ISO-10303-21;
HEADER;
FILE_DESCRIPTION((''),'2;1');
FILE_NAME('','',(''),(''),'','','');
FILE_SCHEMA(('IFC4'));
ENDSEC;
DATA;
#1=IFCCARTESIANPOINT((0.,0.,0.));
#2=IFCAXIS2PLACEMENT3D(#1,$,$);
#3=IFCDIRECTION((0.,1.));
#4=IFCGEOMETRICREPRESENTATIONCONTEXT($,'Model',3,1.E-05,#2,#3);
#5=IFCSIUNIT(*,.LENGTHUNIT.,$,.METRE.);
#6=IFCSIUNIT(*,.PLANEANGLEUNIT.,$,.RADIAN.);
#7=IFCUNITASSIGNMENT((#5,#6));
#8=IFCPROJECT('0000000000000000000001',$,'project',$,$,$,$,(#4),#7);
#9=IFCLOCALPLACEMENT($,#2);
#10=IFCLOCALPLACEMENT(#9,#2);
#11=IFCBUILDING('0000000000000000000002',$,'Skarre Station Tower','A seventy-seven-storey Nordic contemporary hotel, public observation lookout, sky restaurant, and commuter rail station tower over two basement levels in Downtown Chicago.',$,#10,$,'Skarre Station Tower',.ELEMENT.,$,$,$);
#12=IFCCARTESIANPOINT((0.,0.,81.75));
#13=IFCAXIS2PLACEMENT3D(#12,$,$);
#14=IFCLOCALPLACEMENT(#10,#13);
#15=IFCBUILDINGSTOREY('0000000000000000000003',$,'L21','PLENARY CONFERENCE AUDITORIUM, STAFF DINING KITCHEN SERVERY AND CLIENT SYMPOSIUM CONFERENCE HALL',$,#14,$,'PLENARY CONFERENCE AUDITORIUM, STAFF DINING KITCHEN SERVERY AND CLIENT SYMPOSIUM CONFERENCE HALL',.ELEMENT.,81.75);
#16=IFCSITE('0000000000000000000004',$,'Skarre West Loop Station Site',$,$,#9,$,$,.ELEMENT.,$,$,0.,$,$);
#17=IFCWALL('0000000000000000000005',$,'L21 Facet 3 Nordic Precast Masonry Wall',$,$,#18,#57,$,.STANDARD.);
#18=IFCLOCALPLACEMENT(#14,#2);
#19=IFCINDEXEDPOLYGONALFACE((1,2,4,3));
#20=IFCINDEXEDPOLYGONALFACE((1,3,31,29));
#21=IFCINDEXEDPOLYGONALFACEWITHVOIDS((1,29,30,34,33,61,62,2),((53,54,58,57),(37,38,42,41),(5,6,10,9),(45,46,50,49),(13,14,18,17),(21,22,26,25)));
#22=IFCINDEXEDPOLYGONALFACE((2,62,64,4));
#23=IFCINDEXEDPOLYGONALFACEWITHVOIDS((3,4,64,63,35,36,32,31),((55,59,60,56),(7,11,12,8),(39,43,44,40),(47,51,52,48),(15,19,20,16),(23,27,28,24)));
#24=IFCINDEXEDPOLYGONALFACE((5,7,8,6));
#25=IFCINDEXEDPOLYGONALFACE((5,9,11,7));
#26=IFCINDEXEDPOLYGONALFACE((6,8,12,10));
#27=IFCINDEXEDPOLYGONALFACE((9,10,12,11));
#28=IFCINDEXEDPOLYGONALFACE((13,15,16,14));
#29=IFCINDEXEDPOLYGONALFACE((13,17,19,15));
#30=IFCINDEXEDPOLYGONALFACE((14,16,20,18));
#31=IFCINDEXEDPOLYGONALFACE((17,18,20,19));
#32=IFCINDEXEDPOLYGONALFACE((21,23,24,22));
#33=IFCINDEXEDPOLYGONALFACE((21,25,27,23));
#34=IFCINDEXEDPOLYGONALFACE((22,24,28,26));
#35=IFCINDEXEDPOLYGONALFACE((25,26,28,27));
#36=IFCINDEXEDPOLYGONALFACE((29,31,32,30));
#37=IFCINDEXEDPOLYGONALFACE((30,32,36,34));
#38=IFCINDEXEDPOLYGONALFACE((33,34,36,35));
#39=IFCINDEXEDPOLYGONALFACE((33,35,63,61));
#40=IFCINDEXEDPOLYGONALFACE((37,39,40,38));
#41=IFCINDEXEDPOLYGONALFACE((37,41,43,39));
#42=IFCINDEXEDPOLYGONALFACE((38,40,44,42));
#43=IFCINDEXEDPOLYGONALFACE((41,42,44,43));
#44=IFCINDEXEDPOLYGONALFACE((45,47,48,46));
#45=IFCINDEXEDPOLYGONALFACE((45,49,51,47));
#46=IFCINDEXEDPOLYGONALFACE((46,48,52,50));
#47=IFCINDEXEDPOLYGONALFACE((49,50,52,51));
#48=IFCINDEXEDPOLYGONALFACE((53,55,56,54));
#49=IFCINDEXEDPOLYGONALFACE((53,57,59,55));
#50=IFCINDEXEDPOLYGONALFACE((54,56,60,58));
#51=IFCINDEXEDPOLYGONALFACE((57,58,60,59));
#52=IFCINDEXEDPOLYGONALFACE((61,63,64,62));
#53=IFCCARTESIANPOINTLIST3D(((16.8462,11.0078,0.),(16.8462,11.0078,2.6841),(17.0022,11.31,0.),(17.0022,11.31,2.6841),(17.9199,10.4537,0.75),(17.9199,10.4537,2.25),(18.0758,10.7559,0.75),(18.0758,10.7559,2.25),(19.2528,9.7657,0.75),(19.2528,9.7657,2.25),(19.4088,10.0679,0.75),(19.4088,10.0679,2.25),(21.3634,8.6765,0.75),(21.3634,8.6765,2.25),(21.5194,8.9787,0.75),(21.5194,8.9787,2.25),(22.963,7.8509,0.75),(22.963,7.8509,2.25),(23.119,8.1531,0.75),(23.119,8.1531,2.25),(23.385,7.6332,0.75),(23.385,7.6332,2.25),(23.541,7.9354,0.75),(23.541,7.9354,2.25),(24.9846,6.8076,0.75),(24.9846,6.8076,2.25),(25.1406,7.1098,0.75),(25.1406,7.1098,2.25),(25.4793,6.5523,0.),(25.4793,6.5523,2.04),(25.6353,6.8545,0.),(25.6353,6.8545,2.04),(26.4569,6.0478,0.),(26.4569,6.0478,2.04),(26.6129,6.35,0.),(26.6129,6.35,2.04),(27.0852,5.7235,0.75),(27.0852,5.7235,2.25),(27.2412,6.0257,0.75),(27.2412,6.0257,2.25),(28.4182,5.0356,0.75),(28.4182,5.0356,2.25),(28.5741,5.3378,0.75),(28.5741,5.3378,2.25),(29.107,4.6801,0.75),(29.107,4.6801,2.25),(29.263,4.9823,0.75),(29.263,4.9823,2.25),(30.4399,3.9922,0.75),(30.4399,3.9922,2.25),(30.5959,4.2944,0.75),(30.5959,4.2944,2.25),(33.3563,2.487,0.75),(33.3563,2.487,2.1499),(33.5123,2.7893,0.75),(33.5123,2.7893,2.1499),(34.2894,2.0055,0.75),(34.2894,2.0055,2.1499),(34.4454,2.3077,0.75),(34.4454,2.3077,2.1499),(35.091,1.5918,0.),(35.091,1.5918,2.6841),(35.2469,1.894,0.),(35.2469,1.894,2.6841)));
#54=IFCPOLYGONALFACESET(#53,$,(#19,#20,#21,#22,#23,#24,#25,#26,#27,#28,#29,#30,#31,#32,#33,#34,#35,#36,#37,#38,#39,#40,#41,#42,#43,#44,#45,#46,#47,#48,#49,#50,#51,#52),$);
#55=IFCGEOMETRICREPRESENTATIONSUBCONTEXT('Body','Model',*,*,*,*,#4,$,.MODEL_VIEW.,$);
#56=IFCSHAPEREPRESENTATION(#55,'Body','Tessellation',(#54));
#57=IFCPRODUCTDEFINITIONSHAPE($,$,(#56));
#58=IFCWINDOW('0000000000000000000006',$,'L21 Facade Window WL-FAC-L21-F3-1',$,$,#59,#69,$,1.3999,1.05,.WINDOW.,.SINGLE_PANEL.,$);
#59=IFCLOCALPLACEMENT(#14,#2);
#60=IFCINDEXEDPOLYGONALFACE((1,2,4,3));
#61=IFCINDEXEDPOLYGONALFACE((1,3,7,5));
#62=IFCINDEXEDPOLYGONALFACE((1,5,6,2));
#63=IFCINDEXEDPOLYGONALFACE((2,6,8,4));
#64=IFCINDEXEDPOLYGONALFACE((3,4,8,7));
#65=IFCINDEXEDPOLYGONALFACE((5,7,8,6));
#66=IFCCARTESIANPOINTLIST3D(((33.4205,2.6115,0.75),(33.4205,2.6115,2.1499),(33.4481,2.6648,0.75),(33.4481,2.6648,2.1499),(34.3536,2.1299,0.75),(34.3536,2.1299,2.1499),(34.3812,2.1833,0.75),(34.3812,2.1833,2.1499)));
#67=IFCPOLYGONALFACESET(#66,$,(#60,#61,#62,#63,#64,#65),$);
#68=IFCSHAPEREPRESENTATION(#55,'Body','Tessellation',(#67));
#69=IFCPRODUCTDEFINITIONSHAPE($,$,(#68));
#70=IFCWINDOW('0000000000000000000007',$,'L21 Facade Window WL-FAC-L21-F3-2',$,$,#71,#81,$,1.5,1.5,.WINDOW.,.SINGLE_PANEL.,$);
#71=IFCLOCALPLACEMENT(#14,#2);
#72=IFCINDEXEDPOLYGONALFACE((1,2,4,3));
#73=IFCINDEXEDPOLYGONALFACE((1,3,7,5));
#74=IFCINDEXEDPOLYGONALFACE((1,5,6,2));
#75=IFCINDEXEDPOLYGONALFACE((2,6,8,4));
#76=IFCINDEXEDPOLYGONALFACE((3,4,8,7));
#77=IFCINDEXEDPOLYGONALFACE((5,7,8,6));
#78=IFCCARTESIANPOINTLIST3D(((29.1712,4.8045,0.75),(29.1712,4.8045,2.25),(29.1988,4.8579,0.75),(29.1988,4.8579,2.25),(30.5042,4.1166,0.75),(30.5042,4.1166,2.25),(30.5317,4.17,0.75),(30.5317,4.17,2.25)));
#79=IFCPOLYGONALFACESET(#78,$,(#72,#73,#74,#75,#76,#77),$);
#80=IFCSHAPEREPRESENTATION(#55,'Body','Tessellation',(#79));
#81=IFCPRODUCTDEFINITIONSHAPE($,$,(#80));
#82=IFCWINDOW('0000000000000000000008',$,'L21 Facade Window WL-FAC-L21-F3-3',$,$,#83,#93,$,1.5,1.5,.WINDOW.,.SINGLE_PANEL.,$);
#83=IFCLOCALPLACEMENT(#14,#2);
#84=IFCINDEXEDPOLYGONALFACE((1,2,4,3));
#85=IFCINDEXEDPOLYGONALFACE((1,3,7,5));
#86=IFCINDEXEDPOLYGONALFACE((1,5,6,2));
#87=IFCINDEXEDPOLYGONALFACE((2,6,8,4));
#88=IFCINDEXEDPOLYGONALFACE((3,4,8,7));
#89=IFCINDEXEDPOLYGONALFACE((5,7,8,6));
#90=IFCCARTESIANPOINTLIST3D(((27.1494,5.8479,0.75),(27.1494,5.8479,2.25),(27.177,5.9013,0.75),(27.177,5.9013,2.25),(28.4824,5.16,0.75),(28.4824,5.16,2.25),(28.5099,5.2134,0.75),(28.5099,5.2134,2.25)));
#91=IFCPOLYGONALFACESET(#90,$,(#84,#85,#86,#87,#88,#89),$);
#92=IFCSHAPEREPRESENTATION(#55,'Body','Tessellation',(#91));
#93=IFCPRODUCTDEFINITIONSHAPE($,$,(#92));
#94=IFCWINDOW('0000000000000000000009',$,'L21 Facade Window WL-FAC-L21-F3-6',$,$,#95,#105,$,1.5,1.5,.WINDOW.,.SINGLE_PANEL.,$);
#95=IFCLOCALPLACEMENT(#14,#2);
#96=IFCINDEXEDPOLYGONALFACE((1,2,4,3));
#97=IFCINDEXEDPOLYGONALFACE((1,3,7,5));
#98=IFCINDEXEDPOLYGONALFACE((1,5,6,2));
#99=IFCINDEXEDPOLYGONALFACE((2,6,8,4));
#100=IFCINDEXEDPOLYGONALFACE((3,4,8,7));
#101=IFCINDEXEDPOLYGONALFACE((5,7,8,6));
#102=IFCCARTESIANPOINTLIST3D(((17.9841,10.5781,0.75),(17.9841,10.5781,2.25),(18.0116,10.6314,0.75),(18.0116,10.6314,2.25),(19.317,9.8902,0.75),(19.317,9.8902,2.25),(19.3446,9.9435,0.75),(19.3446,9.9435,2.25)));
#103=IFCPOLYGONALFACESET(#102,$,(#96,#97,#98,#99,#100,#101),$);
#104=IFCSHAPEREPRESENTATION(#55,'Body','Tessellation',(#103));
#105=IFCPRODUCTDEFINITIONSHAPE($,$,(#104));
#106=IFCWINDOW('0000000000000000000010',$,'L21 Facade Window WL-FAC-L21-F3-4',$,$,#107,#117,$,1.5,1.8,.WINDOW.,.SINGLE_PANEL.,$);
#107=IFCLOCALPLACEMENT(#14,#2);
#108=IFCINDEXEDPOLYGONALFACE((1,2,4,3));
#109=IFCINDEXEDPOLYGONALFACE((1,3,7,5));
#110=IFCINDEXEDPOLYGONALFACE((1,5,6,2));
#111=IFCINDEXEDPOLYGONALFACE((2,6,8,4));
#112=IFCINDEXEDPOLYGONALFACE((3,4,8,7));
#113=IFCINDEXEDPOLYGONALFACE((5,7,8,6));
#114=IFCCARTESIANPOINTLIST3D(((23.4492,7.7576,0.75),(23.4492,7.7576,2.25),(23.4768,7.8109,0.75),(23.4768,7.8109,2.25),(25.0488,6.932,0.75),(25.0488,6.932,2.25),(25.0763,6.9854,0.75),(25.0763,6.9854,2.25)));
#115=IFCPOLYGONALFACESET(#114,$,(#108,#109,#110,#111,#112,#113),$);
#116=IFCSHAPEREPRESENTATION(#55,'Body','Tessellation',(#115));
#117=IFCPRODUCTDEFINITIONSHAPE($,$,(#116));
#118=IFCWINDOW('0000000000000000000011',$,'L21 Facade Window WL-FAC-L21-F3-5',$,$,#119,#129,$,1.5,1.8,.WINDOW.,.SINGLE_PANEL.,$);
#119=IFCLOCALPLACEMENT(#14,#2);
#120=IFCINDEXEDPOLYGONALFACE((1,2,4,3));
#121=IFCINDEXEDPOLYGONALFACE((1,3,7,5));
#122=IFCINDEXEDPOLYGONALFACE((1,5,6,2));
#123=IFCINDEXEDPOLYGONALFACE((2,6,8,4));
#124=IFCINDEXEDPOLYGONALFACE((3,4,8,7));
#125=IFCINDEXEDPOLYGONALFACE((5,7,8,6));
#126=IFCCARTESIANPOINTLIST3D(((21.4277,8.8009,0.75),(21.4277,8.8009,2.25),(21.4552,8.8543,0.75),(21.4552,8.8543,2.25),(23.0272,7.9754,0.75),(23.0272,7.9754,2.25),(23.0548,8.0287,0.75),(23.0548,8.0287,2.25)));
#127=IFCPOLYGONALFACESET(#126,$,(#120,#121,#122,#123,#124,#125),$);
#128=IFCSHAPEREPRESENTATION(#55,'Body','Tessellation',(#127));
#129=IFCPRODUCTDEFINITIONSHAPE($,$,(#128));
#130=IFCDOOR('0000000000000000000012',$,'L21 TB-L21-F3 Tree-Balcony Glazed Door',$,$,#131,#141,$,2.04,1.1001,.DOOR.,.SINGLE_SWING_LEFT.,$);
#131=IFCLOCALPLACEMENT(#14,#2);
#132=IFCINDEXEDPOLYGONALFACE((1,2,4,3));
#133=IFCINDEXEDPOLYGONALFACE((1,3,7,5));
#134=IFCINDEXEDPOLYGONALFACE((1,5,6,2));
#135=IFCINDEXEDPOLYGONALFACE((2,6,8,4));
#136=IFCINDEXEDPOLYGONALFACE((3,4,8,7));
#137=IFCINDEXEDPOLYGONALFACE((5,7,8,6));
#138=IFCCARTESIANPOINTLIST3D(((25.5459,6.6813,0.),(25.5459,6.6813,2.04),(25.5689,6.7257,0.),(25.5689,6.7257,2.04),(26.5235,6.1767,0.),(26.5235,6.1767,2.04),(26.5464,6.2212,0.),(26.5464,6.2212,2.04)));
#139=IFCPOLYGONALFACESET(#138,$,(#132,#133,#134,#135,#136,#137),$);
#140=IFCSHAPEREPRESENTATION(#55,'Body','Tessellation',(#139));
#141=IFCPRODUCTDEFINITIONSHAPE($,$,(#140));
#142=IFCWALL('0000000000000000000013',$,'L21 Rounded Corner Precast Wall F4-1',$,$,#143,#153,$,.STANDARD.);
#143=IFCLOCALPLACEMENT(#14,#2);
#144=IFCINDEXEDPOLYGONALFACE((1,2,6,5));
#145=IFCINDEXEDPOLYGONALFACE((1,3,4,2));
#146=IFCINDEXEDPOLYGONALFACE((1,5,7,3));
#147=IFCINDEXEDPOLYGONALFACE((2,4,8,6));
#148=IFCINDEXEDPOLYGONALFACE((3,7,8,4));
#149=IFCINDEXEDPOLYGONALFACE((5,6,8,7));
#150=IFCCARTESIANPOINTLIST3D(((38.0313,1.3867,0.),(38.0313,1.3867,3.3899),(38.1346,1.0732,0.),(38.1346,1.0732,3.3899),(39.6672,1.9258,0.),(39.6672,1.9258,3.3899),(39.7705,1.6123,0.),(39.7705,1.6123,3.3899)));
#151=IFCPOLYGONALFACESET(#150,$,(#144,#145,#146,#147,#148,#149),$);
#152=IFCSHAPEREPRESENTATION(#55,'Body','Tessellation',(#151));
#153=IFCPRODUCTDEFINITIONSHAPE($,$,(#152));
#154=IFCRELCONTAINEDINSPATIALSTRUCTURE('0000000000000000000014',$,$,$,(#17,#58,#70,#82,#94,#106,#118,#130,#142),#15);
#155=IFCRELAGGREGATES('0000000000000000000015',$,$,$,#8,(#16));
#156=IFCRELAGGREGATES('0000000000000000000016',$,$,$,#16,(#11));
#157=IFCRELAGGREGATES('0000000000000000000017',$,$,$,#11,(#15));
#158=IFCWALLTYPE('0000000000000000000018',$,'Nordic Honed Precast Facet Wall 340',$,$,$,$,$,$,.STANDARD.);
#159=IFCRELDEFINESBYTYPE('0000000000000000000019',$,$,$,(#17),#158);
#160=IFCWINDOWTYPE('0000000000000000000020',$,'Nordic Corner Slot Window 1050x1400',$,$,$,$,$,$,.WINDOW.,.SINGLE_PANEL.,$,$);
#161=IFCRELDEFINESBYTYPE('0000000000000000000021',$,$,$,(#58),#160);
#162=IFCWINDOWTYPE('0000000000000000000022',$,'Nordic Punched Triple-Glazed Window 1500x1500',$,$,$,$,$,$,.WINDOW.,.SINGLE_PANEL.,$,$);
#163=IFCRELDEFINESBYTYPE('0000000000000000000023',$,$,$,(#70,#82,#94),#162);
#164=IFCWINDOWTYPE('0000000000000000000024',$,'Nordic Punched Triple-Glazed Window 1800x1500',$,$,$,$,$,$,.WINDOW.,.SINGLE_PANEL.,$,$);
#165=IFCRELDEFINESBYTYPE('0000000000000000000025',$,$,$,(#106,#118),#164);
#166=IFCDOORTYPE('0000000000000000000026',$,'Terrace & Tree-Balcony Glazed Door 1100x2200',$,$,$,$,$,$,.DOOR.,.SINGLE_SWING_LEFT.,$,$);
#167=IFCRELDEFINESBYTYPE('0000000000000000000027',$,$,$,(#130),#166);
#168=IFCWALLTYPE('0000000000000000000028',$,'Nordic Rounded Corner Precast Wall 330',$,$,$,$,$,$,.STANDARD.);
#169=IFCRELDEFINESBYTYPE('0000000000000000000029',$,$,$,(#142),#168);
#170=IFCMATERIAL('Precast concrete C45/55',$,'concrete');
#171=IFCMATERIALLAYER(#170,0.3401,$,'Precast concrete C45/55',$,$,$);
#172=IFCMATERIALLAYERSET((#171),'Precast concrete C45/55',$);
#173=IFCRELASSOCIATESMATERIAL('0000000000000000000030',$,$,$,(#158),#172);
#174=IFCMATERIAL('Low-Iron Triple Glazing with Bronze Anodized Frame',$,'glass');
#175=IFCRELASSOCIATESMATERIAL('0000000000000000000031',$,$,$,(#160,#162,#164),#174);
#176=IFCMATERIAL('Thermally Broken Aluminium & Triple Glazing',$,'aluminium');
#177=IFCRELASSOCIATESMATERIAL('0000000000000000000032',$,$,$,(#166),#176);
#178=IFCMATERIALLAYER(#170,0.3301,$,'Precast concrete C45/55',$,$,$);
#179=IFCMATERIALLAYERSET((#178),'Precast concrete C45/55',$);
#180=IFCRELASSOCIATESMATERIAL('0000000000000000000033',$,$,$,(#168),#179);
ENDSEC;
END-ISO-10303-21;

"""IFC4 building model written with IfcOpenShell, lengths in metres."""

from ifc_helpers import new_model, si_unit, direction, frame, frame_2d, origin, place, context, subcontext, project, spatial, rectangle, extrude, material, layer, layer_set, type_object, element, fill, save


model = new_model("IFC4")

# Units and contexts
model_context = context("Model", 3, precision=1e-05, world=origin(), true_north=direction((0.0, 1.0)))
body_context = subcontext(model_context, "Body", "Model", "MODEL_VIEW")
ifc_project = project(units=[si_unit("LENGTHUNIT", "METRE"), si_unit("PLANEANGLEUNIT", "RADIAN")], contexts=[model_context])

# Site, building, storey
site_placement = place(None, origin())
site = spatial("IfcSite", under=ifc_project, at=site_placement, Name="Skarre West Loop Station Site", CompositionType="ELEMENT", RefElevation=0.0)
building_placement = place(site_placement, origin())
building = spatial("IfcBuilding", under=site, at=building_placement, Name="Skarre Station Tower", Description="A seventy-seven-storey Nordic contemporary hotel, public observation lookout, sky restaurant, and commuter rail station tower over two basement levels in Downtown Chicago.", LongName="Skarre Station Tower", CompositionType="ELEMENT")
storey_placement = place(building_placement, frame((0.0, 0.0, 81.75)))
storey = spatial("IfcBuildingStorey", under=building, at=storey_placement, Name="L21", Description="PLENARY CONFERENCE AUDITORIUM, STAFF DINING KITCHEN SERVERY AND CLIENT SYMPOSIUM CONFERENCE HALL", LongName="PLENARY CONFERENCE AUDITORIUM, STAFF DINING KITCHEN SERVERY AND CLIENT SYMPOSIUM CONFERENCE HALL", CompositionType="ELEMENT", Elevation=81.75)

# Wall, openings, windows, door
ifc_material_1 = material(Name="Precast concrete C45/55", Category="concrete")
ifc_layer_1 = layer(ifc_material_1, 0.3401, Name="Precast concrete C45/55")
ifc_layer_set_1 = layer_set([ifc_layer_1], Name="Precast concrete C45/55")
wall_type_1 = type_object("IfcWallType", Name="Nordic Honed Precast Facet Wall 340", PredefinedType="STANDARD", material=ifc_layer_set_1)
wall_1_placement = place(storey_placement, frame((35.1689, 1.7429, 0.0), z_axis=(0.0, 0.0, 1.0), x_axis=(-0.888634, 0.458616, 0.0)))
wall_1 = element("IfcWall", 1, at=wall_1_placement, inside=storey, type_object=wall_type_1, Name="L21 Facet 3 Nordic Precast Masonry Wall", PredefinedType="STANDARD", context=body_context, shape_type="SweptSolid", body=[
    extrude(rectangle(XDim=20.5312, YDim=0.3401, at=frame_2d((10.2656, 0.0))), origin(), (0.0, 0.0, 1.0), 2.6841),
])
opening_1_placement = place(wall_1_placement, frame((9.7161, 0.0, 0.0)))
opening_1 = element("IfcOpeningElement", 2, at=opening_1_placement, cuts=wall_1, PredefinedType="OPENING", context=body_context, shape_type="SweptSolid", body=[
    extrude(rectangle(XDim=1.1001, YDim=2.04, at=frame_2d((0.55, 1.02))), frame((0.0, 0.1799, 0.0), z_axis=(0.0, -1.0, 0.0), x_axis=(1.0, 0.0, 0.0)), (0.0, 0.0, 1.0), 0.3601),
])
opening_2_placement = place(wall_1_placement, frame((0.9021, 0.0, 0.75)))
opening_2 = element("IfcOpeningElement", 3, at=opening_2_placement, cuts=wall_1, PredefinedType="OPENING", context=body_context, shape_type="SweptSolid", body=[
    extrude(rectangle(XDim=1.05, YDim=1.3999, at=frame_2d((0.5249, 0.7))), frame((0.0, 0.1799, 0.0), z_axis=(0.0, -1.0, 0.0), x_axis=(1.0, 0.0, 0.0)), (0.0, 0.0, 1.0), 0.3601),
])
opening_3_placement = place(wall_1_placement, frame((5.2339, 0.0, 0.75)))
opening_3 = element("IfcOpeningElement", 4, at=opening_3_placement, cuts=wall_1, PredefinedType="OPENING", context=body_context, shape_type="SweptSolid", body=[
    extrude(rectangle(XDim=1.5, YDim=1.5, at=frame_2d((0.75, 0.75))), frame((0.0, 0.1799, 0.0), z_axis=(0.0, -1.0, 0.0), x_axis=(1.0, 0.0, 0.0)), (0.0, 0.0, 1.0), 0.3601),
])
opening_4_placement = place(wall_1_placement, frame((7.509, 0.0, 0.75)))
opening_4 = element("IfcOpeningElement", 5, at=opening_4_placement, cuts=wall_1, PredefinedType="OPENING", context=body_context, shape_type="SweptSolid", body=[
    extrude(rectangle(XDim=1.5, YDim=1.5, at=frame_2d((0.75, 0.75))), frame((0.0, 0.1799, 0.0), z_axis=(0.0, -1.0, 0.0), x_axis=(1.0, 0.0, 0.0)), (0.0, 0.0, 1.0), 0.3601),
])
opening_5_placement = place(wall_1_placement, frame((11.373, 0.0, 0.75)))
opening_5 = element("IfcOpeningElement", 6, at=opening_5_placement, cuts=wall_1, PredefinedType="OPENING", context=body_context, shape_type="SweptSolid", body=[
    extrude(rectangle(XDim=1.8, YDim=1.5, at=frame_2d((0.8999, 0.75))), frame((0.0, 0.1799, 0.0), z_axis=(0.0, -1.0, 0.0), x_axis=(1.0, 0.0, 0.0)), (0.0, 0.0, 1.0), 0.3601),
])
opening_6_placement = place(wall_1_placement, frame((13.6479, 0.0, 0.75)))
opening_6 = element("IfcOpeningElement", 7, at=opening_6_placement, cuts=wall_1, PredefinedType="OPENING", context=body_context, shape_type="SweptSolid", body=[
    extrude(rectangle(XDim=1.8, YDim=1.5, at=frame_2d((0.8999, 0.75))), frame((0.0, 0.1799, 0.0), z_axis=(0.0, -1.0, 0.0), x_axis=(1.0, 0.0, 0.0)), (0.0, 0.0, 1.0), 0.3601),
])
opening_7_placement = place(wall_1_placement, frame((17.823, 0.0, 0.75)))
opening_7 = element("IfcOpeningElement", 8, at=opening_7_placement, cuts=wall_1, PredefinedType="OPENING", context=body_context, shape_type="SweptSolid", body=[
    extrude(rectangle(XDim=1.5, YDim=1.5, at=frame_2d((0.75, 0.75))), frame((0.0, 0.1799, 0.0), z_axis=(0.0, -1.0, 0.0), x_axis=(1.0, 0.0, 0.0)), (0.0, 0.0, 1.0), 0.3601),
])
ifc_material_2 = material(Name="Low-Iron Triple Glazing with Bronze Anodized Frame", Category="glass")
window_type_1 = type_object("IfcWindowType", Name="Nordic Corner Slot Window 1050x1400", PartitioningType="SINGLE_PANEL", PredefinedType="WINDOW", material=ifc_material_2)
window_1_placement = place(opening_2_placement, origin())
window_1 = element("IfcWindow", 9, at=window_1_placement, inside=storey, type_object=window_type_1, Name="L21 Facade Window WL-FAC-L21-F3-1", OverallHeight=1.3999, OverallWidth=1.05, PartitioningType="SINGLE_PANEL", PredefinedType="WINDOW", context=body_context, shape_type="SweptSolid", body=[
    extrude(rectangle(XDim=1.05, YDim=1.3999, at=frame_2d((0.5249, 0.7))), frame((0.0, 0.03, 0.0), z_axis=(0.0, -1.0, 0.0), x_axis=(1.0, 0.0, 0.0)), (0.0, 0.0, 1.0), 0.0601),
])
fill(opening_2, window_1)
window_type_2 = type_object("IfcWindowType", Name="Nordic Punched Triple-Glazed Window 1500x1500", PartitioningType="SINGLE_PANEL", PredefinedType="WINDOW", material=ifc_material_2)
window_2_placement = place(opening_3_placement, origin())
window_2 = element("IfcWindow", 10, at=window_2_placement, inside=storey, type_object=window_type_2, Name="L21 Facade Window WL-FAC-L21-F3-2", OverallHeight=1.5, OverallWidth=1.5, PartitioningType="SINGLE_PANEL", PredefinedType="WINDOW", context=body_context, shape_type="SweptSolid", body=[
    extrude(rectangle(XDim=1.5, YDim=1.5, at=frame_2d((0.75, 0.75))), frame((0.0, 0.03, 0.0), z_axis=(0.0, -1.0, 0.0), x_axis=(1.0, 0.0, 0.0)), (0.0, 0.0, 1.0), 0.0601),
])
fill(opening_3, window_2)
window_3_placement = place(opening_4_placement, origin())
window_3 = element("IfcWindow", 11, at=window_3_placement, inside=storey, type_object=window_type_2, Name="L21 Facade Window WL-FAC-L21-F3-3", OverallHeight=1.5, OverallWidth=1.5, PartitioningType="SINGLE_PANEL", PredefinedType="WINDOW", context=body_context, shape_type="SweptSolid", body=[
    extrude(rectangle(XDim=1.5, YDim=1.5, at=frame_2d((0.75, 0.75))), frame((0.0, 0.03, 0.0), z_axis=(0.0, -1.0, 0.0), x_axis=(1.0, 0.0, 0.0)), (0.0, 0.0, 1.0), 0.0601),
])
fill(opening_4, window_3)
window_4_placement = place(opening_7_placement, origin())
window_4 = element("IfcWindow", 12, at=window_4_placement, inside=storey, type_object=window_type_2, Name="L21 Facade Window WL-FAC-L21-F3-6", OverallHeight=1.5, OverallWidth=1.5, PartitioningType="SINGLE_PANEL", PredefinedType="WINDOW", context=body_context, shape_type="SweptSolid", body=[
    extrude(rectangle(XDim=1.5, YDim=1.5, at=frame_2d((0.75, 0.75))), frame((0.0, 0.03, 0.0), z_axis=(0.0, -1.0, 0.0), x_axis=(1.0, 0.0, 0.0)), (0.0, 0.0, 1.0), 0.0601),
])
fill(opening_7, window_4)
window_type_3 = type_object("IfcWindowType", Name="Nordic Punched Triple-Glazed Window 1800x1500", PartitioningType="SINGLE_PANEL", PredefinedType="WINDOW", material=ifc_material_2)
window_5_placement = place(opening_5_placement, origin())
window_5 = element("IfcWindow", 13, at=window_5_placement, inside=storey, type_object=window_type_3, Name="L21 Facade Window WL-FAC-L21-F3-4", OverallHeight=1.5, OverallWidth=1.8, PartitioningType="SINGLE_PANEL", PredefinedType="WINDOW", context=body_context, shape_type="SweptSolid", body=[
    extrude(rectangle(XDim=1.8, YDim=1.5, at=frame_2d((0.8999, 0.75))), frame((0.0, 0.03, 0.0), z_axis=(0.0, -1.0, 0.0), x_axis=(1.0, 0.0, 0.0)), (0.0, 0.0, 1.0), 0.0601),
])
fill(opening_5, window_5)
window_6_placement = place(opening_6_placement, origin())
window_6 = element("IfcWindow", 14, at=window_6_placement, inside=storey, type_object=window_type_3, Name="L21 Facade Window WL-FAC-L21-F3-5", OverallHeight=1.5, OverallWidth=1.8, PartitioningType="SINGLE_PANEL", PredefinedType="WINDOW", context=body_context, shape_type="SweptSolid", body=[
    extrude(rectangle(XDim=1.8, YDim=1.5, at=frame_2d((0.8999, 0.75))), frame((0.0, 0.03, 0.0), z_axis=(0.0, -1.0, 0.0), x_axis=(1.0, 0.0, 0.0)), (0.0, 0.0, 1.0), 0.0601),
])
fill(opening_6, window_6)
ifc_material_3 = material(Name="Thermally Broken Aluminium & Triple Glazing", Category="aluminium")
door_type = type_object("IfcDoorType", Name="Terrace & Tree-Balcony Glazed Door 1100x2200", OperationType="SINGLE_SWING_LEFT", PredefinedType="DOOR", material=ifc_material_3)
door_placement = place(opening_1_placement, origin())
door = element("IfcDoor", 15, at=door_placement, inside=storey, type_object=door_type, Name="L21 TB-L21-F3 Tree-Balcony Glazed Door", OperationType="SINGLE_SWING_LEFT", OverallHeight=2.04, OverallWidth=1.1001, PredefinedType="DOOR", context=body_context, shape_type="SweptSolid", body=[
    extrude(rectangle(XDim=1.1001, YDim=2.04, at=frame_2d((0.55, 1.02))), frame((0.0, 0.0249, 0.0), z_axis=(0.0, -1.0, 0.0), x_axis=(1.0, 0.0, 0.0)), (0.0, 0.0, 1.0), 0.05),
])
fill(opening_1, door)

# Wall
ifc_layer_2 = layer(ifc_material_1, 0.3301, Name="Precast concrete C45/55")
ifc_layer_set_2 = layer_set([ifc_layer_2], Name="Precast concrete C45/55")
wall_type_2 = type_object("IfcWallType", Name="Nordic Rounded Corner Precast Wall 330", PredefinedType="STANDARD", material=ifc_layer_set_2)
wall_2_placement = place(storey_placement, frame((39.719, 1.769, 0.0), z_axis=(0.0, 0.0, 1.0), x_axis=(-0.949769, -0.312952, 0.0)))
element("IfcWall", 16, at=wall_2_placement, inside=storey, type_object=wall_type_2, Name="L21 Rounded Corner Precast Wall F4-1", PredefinedType="STANDARD", context=body_context, shape_type="SweptSolid", body=[
    extrude(rectangle(XDim=1.7224, YDim=0.3301, at=frame_2d((0.8613, 0.0))), origin(), (0.0, 0.0, 1.0), 3.3899),
])

save(model, "model.ifc")
